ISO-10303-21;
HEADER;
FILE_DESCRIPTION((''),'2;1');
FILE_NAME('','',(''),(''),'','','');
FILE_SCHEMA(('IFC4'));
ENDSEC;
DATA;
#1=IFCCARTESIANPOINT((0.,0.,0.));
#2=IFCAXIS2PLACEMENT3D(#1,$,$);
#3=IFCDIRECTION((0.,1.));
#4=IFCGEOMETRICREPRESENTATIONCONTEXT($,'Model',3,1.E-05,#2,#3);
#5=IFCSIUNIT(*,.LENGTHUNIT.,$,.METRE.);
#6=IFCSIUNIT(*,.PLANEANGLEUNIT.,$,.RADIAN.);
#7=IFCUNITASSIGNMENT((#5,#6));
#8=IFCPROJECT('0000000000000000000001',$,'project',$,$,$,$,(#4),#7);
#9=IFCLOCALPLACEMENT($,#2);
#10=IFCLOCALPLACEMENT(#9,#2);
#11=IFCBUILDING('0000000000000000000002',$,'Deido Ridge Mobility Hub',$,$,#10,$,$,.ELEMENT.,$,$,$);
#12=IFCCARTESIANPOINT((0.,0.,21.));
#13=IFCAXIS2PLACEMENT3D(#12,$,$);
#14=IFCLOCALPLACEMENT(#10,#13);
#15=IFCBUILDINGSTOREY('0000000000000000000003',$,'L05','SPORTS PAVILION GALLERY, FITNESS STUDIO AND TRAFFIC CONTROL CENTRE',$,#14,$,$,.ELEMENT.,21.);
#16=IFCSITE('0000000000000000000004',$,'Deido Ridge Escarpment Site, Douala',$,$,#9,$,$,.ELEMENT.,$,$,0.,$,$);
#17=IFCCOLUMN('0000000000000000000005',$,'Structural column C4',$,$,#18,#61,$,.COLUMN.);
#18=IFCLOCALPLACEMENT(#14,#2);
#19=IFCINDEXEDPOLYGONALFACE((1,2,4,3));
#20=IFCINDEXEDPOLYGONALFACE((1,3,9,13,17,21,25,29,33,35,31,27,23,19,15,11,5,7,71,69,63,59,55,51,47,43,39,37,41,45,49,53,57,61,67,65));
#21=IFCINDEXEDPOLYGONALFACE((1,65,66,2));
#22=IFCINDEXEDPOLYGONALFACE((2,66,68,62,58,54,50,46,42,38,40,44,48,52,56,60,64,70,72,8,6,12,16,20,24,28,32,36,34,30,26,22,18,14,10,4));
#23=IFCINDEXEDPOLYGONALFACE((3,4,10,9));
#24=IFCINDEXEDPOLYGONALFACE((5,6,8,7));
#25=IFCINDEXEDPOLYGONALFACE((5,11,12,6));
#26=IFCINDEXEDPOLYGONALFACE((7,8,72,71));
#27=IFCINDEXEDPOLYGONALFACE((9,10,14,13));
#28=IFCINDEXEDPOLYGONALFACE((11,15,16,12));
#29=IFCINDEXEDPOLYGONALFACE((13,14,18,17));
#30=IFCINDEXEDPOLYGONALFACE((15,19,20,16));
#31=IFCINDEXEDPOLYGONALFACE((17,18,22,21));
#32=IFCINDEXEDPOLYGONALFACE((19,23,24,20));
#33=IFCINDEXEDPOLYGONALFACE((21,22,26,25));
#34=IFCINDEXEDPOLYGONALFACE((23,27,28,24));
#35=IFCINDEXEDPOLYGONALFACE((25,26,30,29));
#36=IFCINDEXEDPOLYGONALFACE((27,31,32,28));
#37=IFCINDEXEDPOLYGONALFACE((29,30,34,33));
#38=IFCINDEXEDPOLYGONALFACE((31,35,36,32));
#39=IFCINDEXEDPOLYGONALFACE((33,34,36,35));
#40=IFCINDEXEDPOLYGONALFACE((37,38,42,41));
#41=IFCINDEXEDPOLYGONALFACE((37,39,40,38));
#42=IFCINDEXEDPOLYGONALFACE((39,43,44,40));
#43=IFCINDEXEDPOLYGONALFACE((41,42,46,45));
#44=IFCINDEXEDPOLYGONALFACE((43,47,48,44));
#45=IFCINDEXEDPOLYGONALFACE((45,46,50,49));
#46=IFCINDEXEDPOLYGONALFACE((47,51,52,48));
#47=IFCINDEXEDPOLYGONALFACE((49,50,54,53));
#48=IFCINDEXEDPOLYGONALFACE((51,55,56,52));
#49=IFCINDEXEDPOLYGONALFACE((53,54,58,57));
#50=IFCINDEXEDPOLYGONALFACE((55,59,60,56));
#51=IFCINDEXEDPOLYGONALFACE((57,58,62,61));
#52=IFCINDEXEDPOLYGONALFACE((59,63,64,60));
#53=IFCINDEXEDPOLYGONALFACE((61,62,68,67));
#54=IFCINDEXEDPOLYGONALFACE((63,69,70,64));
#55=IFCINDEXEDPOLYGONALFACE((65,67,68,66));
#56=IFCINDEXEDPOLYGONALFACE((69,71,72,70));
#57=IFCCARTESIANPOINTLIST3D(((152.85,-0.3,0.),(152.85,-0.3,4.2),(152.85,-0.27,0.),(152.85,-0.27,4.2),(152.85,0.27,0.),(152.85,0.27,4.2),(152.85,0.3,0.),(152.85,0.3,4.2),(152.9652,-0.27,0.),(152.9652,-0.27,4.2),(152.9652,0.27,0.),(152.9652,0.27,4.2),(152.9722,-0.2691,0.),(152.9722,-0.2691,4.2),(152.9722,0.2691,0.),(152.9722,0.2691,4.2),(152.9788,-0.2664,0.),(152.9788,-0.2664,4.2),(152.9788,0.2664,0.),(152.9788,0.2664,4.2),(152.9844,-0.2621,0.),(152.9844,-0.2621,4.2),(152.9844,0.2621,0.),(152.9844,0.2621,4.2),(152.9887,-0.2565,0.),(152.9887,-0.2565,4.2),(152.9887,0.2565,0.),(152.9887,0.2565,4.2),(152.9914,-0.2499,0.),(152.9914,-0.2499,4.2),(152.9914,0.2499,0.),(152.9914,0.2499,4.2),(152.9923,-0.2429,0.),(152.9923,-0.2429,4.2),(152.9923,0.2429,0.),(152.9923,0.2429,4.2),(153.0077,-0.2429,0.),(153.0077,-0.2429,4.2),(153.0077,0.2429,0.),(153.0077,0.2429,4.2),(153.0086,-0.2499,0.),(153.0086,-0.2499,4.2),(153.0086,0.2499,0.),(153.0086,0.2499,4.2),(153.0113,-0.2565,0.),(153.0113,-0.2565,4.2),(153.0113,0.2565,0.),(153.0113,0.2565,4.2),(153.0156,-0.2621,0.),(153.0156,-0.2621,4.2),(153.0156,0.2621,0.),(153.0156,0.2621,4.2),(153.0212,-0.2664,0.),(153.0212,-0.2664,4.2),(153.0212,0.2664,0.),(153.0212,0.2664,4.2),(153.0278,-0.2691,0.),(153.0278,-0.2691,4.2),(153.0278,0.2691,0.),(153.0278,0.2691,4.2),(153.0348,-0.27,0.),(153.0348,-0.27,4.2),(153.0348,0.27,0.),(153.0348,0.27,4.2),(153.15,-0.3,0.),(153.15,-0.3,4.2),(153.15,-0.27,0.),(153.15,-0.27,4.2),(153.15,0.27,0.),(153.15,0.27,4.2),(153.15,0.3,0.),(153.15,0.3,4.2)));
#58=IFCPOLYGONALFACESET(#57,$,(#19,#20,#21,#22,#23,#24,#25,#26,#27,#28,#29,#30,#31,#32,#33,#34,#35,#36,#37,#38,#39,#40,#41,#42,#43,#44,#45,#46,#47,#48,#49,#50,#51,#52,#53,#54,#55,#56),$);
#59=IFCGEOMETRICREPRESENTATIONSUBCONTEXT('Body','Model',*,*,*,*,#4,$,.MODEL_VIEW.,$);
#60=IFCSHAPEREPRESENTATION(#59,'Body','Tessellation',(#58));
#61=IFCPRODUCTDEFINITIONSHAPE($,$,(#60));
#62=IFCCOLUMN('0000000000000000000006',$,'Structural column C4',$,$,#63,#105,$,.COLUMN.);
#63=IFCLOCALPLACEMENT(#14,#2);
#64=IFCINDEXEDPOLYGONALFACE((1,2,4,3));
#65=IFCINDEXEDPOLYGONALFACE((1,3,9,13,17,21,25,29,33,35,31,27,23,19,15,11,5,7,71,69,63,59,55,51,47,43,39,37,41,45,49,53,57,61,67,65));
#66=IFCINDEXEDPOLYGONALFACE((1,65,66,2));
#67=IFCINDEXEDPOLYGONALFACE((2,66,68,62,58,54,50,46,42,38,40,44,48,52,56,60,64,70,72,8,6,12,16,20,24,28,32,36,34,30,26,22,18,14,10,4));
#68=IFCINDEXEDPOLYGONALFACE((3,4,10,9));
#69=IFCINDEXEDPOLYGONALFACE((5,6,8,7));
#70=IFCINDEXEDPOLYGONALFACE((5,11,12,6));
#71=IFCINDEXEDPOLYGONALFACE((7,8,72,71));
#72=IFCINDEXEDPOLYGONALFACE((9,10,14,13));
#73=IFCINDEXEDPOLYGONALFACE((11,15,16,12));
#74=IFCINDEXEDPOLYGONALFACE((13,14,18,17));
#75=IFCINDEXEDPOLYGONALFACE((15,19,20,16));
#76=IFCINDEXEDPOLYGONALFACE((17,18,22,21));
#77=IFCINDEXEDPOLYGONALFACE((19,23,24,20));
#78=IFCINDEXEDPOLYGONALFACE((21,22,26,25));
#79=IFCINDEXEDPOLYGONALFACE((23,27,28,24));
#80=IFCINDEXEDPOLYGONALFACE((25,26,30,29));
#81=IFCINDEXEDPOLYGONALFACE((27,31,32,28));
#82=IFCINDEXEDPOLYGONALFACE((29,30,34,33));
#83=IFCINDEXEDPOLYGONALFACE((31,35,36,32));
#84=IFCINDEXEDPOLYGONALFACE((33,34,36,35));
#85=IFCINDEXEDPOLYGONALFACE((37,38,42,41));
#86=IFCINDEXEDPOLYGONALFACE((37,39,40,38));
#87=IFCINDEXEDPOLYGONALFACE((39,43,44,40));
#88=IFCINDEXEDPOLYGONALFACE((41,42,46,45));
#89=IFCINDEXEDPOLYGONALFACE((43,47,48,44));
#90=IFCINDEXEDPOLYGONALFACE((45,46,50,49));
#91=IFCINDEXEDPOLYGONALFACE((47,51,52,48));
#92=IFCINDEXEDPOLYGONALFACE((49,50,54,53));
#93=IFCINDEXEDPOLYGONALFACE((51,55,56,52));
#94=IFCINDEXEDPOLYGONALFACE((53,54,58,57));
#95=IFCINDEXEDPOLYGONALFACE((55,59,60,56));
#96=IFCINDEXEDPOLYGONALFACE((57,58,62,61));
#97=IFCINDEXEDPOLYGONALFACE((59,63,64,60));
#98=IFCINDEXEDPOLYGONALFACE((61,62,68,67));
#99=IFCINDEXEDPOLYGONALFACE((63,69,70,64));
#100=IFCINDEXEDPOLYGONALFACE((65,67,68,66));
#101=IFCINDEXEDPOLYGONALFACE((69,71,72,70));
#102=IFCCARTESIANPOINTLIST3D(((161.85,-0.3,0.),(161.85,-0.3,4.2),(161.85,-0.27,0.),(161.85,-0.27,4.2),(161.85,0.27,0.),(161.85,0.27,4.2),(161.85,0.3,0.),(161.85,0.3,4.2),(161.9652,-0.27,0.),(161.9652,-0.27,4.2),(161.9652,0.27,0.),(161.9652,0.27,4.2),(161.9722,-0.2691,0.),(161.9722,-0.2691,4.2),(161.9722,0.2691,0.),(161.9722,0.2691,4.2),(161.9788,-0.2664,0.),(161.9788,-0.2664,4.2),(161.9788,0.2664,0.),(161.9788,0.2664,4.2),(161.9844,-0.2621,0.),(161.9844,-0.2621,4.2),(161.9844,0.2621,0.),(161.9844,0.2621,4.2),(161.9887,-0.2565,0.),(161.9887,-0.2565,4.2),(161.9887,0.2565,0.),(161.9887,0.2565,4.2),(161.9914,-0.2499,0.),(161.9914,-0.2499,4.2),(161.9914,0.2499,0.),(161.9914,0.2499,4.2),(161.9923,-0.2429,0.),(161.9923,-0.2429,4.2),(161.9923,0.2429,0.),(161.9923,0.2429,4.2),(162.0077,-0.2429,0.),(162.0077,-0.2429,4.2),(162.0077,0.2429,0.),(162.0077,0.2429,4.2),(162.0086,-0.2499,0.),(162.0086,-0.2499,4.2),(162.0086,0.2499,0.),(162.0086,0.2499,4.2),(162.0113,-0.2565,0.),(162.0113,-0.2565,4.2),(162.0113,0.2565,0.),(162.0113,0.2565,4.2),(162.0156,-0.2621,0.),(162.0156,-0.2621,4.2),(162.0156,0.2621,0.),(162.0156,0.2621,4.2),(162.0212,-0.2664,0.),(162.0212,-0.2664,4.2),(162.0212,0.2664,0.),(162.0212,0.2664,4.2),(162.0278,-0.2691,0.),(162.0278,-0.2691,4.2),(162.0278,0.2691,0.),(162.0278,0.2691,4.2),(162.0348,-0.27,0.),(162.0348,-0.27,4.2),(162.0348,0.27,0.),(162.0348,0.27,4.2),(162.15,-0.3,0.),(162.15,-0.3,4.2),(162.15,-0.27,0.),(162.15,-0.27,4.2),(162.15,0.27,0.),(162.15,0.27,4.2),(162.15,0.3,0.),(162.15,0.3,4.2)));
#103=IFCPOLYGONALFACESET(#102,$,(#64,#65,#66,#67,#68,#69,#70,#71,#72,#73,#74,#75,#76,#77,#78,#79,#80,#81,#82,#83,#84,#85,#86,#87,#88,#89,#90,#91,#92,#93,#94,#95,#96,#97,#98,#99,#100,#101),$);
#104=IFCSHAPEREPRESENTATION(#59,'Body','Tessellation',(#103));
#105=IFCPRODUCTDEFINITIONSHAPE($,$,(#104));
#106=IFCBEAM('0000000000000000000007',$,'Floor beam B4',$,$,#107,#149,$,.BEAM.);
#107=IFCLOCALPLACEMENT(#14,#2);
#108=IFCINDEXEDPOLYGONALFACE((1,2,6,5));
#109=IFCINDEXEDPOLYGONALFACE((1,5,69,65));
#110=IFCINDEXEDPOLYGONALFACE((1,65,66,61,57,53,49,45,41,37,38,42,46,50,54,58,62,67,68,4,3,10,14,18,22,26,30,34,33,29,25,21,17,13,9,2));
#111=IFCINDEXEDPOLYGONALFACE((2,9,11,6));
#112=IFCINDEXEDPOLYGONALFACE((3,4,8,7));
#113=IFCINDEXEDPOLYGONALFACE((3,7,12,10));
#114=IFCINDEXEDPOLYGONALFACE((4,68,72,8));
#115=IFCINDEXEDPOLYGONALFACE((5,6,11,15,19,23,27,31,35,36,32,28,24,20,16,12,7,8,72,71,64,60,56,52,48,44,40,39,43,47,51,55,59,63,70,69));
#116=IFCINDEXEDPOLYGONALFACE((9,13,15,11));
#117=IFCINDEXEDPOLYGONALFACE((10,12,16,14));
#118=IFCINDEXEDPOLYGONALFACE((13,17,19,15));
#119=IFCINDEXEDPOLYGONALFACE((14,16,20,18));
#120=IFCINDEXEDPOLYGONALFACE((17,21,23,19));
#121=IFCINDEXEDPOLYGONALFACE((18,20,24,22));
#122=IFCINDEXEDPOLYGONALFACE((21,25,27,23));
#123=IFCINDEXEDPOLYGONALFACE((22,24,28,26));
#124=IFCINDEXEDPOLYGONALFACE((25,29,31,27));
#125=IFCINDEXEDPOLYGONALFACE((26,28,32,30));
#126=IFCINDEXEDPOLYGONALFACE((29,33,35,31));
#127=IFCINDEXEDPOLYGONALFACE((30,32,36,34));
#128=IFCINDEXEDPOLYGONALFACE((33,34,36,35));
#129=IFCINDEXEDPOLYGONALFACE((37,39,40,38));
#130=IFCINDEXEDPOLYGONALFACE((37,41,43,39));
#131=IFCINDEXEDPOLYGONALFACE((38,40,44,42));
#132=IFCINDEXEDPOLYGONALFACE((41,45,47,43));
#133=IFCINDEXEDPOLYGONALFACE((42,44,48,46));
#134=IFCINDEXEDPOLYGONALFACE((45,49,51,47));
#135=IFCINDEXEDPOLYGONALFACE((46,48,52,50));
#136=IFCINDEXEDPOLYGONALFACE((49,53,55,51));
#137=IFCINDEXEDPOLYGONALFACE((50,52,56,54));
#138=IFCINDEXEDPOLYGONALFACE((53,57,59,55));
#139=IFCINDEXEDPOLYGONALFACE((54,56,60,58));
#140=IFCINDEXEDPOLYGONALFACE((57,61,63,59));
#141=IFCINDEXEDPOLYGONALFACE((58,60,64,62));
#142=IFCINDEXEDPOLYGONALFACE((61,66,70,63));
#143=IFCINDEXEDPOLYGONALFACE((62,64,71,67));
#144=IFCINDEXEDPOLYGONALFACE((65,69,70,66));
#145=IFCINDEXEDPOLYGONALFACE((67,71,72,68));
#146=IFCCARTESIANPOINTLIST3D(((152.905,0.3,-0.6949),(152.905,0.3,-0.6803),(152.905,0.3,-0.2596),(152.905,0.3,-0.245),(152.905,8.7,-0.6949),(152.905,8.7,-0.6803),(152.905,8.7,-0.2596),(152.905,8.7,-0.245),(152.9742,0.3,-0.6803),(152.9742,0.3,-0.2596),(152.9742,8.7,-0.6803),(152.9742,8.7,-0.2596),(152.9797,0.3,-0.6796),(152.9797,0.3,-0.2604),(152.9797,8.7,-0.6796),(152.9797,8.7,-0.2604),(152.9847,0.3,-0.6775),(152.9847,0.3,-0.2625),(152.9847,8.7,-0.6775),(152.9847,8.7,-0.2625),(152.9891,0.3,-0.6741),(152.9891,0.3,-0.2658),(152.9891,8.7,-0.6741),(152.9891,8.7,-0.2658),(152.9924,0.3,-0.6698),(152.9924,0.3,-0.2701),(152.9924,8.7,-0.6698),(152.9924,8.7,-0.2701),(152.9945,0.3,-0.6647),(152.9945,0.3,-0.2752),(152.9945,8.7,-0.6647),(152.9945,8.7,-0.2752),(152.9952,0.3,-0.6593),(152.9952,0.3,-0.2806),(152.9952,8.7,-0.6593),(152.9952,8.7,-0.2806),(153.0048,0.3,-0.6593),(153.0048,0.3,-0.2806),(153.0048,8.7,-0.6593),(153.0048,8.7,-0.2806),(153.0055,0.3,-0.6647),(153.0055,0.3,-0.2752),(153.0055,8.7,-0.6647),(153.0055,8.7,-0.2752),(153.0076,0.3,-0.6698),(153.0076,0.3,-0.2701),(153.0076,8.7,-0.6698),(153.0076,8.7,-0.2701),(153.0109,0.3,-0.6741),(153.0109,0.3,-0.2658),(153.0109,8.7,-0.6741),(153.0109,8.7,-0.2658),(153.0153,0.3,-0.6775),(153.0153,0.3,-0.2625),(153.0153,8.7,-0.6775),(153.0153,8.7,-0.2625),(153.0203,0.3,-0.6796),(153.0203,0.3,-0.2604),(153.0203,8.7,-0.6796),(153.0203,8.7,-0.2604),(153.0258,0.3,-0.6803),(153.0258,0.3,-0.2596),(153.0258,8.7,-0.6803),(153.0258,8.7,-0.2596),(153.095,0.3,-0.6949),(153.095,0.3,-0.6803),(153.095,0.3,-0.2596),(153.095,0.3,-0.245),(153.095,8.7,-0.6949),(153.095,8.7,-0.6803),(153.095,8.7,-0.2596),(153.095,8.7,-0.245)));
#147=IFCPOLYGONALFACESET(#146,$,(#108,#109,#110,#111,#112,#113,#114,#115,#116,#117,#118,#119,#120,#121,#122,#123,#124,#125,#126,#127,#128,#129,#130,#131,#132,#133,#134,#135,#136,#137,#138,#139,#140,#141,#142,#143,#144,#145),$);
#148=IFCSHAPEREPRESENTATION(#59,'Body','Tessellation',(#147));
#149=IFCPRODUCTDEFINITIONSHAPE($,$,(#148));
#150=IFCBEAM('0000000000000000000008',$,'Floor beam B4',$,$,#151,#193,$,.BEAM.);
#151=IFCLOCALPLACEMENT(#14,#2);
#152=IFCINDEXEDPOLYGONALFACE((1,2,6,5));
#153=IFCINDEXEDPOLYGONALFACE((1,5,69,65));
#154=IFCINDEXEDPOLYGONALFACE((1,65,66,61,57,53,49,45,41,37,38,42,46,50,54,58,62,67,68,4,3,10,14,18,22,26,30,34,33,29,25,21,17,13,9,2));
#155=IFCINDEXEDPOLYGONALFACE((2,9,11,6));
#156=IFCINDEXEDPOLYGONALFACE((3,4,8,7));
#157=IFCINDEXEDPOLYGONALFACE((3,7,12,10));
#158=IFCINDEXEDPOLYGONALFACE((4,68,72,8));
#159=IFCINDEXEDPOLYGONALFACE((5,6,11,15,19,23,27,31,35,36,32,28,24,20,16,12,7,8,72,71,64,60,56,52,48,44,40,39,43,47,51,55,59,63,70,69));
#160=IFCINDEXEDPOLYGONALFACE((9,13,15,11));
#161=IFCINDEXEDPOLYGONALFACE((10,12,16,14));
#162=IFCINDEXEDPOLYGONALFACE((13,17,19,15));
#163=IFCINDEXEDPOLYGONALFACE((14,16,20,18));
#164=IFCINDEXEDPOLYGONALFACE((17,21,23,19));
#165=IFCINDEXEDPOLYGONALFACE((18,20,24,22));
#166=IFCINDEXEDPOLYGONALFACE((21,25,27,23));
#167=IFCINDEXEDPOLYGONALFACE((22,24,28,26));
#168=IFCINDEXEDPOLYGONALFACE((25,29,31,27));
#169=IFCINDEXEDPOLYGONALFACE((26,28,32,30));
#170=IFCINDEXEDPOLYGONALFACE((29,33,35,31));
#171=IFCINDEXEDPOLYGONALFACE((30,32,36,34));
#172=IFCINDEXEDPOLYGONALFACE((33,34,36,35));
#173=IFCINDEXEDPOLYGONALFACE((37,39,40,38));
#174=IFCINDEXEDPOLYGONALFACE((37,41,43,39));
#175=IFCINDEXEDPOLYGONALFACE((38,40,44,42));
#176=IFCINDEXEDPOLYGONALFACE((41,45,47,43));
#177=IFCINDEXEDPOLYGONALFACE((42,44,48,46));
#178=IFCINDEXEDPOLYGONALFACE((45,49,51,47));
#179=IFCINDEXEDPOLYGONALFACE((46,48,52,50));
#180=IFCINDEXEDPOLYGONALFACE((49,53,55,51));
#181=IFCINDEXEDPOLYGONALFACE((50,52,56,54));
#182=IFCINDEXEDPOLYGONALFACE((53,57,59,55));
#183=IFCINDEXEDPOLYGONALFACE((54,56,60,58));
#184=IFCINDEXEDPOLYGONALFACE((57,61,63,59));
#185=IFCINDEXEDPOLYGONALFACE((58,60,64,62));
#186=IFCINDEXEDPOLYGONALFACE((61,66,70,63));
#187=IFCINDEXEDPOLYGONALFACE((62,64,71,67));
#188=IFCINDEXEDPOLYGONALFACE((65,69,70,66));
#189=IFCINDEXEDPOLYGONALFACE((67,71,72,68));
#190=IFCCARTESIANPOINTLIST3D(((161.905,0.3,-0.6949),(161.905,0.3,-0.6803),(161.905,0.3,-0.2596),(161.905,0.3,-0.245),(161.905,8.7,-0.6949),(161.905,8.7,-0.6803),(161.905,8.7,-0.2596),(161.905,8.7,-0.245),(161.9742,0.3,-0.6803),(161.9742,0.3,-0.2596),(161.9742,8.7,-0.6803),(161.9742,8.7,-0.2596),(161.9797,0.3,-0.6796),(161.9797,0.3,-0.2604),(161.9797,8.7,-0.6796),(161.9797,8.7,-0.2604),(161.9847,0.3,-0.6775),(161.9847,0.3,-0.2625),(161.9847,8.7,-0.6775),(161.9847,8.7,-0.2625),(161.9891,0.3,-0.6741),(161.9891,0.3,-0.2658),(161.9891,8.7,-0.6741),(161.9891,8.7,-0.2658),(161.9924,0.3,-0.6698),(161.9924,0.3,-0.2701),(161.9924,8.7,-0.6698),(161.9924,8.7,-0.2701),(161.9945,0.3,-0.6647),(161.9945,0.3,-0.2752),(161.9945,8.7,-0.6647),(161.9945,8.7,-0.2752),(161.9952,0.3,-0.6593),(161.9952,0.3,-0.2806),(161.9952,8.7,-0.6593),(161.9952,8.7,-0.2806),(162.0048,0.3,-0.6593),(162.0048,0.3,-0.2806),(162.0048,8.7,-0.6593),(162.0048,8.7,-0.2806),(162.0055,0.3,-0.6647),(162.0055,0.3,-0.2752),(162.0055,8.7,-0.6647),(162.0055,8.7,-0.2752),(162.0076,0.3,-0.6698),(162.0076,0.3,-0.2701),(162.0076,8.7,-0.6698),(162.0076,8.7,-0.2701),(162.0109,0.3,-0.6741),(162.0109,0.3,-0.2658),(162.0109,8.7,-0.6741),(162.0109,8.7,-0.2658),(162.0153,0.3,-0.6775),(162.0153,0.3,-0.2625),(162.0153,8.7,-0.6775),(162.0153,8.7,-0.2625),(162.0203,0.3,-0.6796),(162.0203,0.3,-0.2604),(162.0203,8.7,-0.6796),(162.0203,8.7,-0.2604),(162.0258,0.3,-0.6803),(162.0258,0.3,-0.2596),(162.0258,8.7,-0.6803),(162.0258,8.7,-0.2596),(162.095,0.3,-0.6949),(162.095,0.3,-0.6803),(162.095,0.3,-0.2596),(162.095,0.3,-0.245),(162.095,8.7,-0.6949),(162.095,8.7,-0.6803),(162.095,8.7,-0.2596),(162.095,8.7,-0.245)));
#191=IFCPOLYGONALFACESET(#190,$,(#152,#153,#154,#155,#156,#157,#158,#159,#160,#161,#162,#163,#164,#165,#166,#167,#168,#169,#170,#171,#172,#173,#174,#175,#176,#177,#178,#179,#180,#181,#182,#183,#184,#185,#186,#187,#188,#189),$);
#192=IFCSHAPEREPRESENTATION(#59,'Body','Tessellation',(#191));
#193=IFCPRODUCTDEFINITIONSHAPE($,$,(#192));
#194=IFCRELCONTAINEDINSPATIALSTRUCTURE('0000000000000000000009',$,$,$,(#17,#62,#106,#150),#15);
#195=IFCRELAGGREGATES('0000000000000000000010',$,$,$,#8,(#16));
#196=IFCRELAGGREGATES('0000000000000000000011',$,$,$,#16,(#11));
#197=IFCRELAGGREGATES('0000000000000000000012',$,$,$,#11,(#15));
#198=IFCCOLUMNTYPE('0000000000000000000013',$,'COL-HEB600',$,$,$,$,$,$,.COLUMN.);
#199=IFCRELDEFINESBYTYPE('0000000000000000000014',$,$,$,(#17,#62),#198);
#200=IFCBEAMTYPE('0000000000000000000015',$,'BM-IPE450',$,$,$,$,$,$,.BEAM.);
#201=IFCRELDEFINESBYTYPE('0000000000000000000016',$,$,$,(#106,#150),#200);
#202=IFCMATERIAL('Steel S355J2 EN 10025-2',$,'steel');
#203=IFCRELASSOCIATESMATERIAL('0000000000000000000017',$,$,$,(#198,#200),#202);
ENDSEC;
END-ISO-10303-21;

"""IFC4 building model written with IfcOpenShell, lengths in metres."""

from ifc_helpers import new_model, si_unit, direction, frame, origin, origin_2d, place, context, subcontext, project, spatial, i_section, extrude, material, material_profile, profile_set, type_object, element, save


model = new_model("IFC4")

# Units and contexts
model_context = context("Model", 3, precision=1e-05, world=origin(), true_north=direction((0.0, 1.0)))
body_context = subcontext(model_context, "Body", "Model", "MODEL_VIEW")
ifc_project = project(units=[si_unit("LENGTHUNIT", "METRE"), si_unit("PLANEANGLEUNIT", "RADIAN")], contexts=[model_context])

# Site, building, storey
site_placement = place(None, origin())
site = spatial("IfcSite", under=ifc_project, at=site_placement, Name="Deido Ridge Escarpment Site, Douala", CompositionType="ELEMENT", RefElevation=0.0)
building_placement = place(site_placement, origin())
building = spatial("IfcBuilding", under=site, at=building_placement, Name="Deido Ridge Mobility Hub", CompositionType="ELEMENT")
storey_placement = place(building_placement, frame((0.0, 0.0, 21.0)))
storey = spatial("IfcBuildingStorey", under=building, at=storey_placement, Name="L05", Description="SPORTS PAVILION GALLERY, FITNESS STUDIO AND TRAFFIC CONTROL CENTRE", CompositionType="ELEMENT", Elevation=21.0)

# Columns
ifc_material_1 = material(Name="Steel S355J2 EN 10025-2", Category="steel")
ifc_material_profile_1 = material_profile(ifc_material_1, i_section(OverallWidth=0.3, OverallDepth=0.6001, WebThickness=0.0154, FlangeThickness=0.03, FilletRadius=0.0271, at=origin_2d()), Name="HEB 600")
ifc_profile_set_1 = profile_set([ifc_material_profile_1], Name="Steel S355J2 EN 10025-2")
column_type = type_object("IfcColumnType", Name="COL-HEB600", PredefinedType="COLUMN", material=ifc_profile_set_1)
for number, where, z_axis, x_axis, name in (
    (1, (153.0, 0.0, 0.0), (0.0, 0.0, 1.0), (1.0, 0.0, 0.0), "Structural column C4"),
    (2, (162.0, 0.0, 0.0), (0.0, 0.0, 1.0), (1.0, 0.0, 0.0), "Structural column C4"),
):
    element("IfcColumn", number, at=place(storey_placement, frame(where, z_axis=z_axis, x_axis=x_axis)), inside=storey, type_object=column_type, Name=name, PredefinedType="COLUMN", context=body_context, shape_type="SweptSolid", body=[
        extrude(i_section(OverallWidth=0.3, OverallDepth=0.6001, WebThickness=0.0154, FlangeThickness=0.03, FilletRadius=0.0271, at=origin_2d()), origin(), (0.0, 0.0, 1.0), 4.2),
    ])

# Beams
ifc_material_profile_2 = material_profile(ifc_material_1, i_section(OverallWidth=0.1899, OverallDepth=0.45, WebThickness=0.0095, FlangeThickness=0.0146, FilletRadius=0.021, at=origin_2d()), Name="IPE 450")
ifc_profile_set_2 = profile_set([ifc_material_profile_2], Name="Steel S355J2 EN 10025-2")
beam_type_1 = type_object("IfcBeamType", Name="BM-IPE450", PredefinedType="BEAM", material=ifc_profile_set_2)
for number, where, z_axis, x_axis, name in (
    (3, (153.0, 0.3, -0.47), (0.0, 1.0, 0.0), (-1.0, 0.0, 0.0), "Floor beam B4"),
    (4, (162.0, 0.3, -0.47), (0.0, 1.0, 0.0), (-1.0, 0.0, 0.0), "Floor beam B4"),
):
    element("IfcBeam", number, at=place(storey_placement, frame(where, z_axis=z_axis, x_axis=x_axis)), inside=storey, type_object=beam_type_1, Name=name, PredefinedType="BEAM", context=body_context, shape_type="SweptSolid", body=[
        extrude(i_section(OverallWidth=0.1899, OverallDepth=0.45, WebThickness=0.0095, FlangeThickness=0.0146, FilletRadius=0.021, at=origin_2d()), origin(), (0.0, 0.0, 1.0), 8.3999),
    ])

save(model, "model.ifc")
